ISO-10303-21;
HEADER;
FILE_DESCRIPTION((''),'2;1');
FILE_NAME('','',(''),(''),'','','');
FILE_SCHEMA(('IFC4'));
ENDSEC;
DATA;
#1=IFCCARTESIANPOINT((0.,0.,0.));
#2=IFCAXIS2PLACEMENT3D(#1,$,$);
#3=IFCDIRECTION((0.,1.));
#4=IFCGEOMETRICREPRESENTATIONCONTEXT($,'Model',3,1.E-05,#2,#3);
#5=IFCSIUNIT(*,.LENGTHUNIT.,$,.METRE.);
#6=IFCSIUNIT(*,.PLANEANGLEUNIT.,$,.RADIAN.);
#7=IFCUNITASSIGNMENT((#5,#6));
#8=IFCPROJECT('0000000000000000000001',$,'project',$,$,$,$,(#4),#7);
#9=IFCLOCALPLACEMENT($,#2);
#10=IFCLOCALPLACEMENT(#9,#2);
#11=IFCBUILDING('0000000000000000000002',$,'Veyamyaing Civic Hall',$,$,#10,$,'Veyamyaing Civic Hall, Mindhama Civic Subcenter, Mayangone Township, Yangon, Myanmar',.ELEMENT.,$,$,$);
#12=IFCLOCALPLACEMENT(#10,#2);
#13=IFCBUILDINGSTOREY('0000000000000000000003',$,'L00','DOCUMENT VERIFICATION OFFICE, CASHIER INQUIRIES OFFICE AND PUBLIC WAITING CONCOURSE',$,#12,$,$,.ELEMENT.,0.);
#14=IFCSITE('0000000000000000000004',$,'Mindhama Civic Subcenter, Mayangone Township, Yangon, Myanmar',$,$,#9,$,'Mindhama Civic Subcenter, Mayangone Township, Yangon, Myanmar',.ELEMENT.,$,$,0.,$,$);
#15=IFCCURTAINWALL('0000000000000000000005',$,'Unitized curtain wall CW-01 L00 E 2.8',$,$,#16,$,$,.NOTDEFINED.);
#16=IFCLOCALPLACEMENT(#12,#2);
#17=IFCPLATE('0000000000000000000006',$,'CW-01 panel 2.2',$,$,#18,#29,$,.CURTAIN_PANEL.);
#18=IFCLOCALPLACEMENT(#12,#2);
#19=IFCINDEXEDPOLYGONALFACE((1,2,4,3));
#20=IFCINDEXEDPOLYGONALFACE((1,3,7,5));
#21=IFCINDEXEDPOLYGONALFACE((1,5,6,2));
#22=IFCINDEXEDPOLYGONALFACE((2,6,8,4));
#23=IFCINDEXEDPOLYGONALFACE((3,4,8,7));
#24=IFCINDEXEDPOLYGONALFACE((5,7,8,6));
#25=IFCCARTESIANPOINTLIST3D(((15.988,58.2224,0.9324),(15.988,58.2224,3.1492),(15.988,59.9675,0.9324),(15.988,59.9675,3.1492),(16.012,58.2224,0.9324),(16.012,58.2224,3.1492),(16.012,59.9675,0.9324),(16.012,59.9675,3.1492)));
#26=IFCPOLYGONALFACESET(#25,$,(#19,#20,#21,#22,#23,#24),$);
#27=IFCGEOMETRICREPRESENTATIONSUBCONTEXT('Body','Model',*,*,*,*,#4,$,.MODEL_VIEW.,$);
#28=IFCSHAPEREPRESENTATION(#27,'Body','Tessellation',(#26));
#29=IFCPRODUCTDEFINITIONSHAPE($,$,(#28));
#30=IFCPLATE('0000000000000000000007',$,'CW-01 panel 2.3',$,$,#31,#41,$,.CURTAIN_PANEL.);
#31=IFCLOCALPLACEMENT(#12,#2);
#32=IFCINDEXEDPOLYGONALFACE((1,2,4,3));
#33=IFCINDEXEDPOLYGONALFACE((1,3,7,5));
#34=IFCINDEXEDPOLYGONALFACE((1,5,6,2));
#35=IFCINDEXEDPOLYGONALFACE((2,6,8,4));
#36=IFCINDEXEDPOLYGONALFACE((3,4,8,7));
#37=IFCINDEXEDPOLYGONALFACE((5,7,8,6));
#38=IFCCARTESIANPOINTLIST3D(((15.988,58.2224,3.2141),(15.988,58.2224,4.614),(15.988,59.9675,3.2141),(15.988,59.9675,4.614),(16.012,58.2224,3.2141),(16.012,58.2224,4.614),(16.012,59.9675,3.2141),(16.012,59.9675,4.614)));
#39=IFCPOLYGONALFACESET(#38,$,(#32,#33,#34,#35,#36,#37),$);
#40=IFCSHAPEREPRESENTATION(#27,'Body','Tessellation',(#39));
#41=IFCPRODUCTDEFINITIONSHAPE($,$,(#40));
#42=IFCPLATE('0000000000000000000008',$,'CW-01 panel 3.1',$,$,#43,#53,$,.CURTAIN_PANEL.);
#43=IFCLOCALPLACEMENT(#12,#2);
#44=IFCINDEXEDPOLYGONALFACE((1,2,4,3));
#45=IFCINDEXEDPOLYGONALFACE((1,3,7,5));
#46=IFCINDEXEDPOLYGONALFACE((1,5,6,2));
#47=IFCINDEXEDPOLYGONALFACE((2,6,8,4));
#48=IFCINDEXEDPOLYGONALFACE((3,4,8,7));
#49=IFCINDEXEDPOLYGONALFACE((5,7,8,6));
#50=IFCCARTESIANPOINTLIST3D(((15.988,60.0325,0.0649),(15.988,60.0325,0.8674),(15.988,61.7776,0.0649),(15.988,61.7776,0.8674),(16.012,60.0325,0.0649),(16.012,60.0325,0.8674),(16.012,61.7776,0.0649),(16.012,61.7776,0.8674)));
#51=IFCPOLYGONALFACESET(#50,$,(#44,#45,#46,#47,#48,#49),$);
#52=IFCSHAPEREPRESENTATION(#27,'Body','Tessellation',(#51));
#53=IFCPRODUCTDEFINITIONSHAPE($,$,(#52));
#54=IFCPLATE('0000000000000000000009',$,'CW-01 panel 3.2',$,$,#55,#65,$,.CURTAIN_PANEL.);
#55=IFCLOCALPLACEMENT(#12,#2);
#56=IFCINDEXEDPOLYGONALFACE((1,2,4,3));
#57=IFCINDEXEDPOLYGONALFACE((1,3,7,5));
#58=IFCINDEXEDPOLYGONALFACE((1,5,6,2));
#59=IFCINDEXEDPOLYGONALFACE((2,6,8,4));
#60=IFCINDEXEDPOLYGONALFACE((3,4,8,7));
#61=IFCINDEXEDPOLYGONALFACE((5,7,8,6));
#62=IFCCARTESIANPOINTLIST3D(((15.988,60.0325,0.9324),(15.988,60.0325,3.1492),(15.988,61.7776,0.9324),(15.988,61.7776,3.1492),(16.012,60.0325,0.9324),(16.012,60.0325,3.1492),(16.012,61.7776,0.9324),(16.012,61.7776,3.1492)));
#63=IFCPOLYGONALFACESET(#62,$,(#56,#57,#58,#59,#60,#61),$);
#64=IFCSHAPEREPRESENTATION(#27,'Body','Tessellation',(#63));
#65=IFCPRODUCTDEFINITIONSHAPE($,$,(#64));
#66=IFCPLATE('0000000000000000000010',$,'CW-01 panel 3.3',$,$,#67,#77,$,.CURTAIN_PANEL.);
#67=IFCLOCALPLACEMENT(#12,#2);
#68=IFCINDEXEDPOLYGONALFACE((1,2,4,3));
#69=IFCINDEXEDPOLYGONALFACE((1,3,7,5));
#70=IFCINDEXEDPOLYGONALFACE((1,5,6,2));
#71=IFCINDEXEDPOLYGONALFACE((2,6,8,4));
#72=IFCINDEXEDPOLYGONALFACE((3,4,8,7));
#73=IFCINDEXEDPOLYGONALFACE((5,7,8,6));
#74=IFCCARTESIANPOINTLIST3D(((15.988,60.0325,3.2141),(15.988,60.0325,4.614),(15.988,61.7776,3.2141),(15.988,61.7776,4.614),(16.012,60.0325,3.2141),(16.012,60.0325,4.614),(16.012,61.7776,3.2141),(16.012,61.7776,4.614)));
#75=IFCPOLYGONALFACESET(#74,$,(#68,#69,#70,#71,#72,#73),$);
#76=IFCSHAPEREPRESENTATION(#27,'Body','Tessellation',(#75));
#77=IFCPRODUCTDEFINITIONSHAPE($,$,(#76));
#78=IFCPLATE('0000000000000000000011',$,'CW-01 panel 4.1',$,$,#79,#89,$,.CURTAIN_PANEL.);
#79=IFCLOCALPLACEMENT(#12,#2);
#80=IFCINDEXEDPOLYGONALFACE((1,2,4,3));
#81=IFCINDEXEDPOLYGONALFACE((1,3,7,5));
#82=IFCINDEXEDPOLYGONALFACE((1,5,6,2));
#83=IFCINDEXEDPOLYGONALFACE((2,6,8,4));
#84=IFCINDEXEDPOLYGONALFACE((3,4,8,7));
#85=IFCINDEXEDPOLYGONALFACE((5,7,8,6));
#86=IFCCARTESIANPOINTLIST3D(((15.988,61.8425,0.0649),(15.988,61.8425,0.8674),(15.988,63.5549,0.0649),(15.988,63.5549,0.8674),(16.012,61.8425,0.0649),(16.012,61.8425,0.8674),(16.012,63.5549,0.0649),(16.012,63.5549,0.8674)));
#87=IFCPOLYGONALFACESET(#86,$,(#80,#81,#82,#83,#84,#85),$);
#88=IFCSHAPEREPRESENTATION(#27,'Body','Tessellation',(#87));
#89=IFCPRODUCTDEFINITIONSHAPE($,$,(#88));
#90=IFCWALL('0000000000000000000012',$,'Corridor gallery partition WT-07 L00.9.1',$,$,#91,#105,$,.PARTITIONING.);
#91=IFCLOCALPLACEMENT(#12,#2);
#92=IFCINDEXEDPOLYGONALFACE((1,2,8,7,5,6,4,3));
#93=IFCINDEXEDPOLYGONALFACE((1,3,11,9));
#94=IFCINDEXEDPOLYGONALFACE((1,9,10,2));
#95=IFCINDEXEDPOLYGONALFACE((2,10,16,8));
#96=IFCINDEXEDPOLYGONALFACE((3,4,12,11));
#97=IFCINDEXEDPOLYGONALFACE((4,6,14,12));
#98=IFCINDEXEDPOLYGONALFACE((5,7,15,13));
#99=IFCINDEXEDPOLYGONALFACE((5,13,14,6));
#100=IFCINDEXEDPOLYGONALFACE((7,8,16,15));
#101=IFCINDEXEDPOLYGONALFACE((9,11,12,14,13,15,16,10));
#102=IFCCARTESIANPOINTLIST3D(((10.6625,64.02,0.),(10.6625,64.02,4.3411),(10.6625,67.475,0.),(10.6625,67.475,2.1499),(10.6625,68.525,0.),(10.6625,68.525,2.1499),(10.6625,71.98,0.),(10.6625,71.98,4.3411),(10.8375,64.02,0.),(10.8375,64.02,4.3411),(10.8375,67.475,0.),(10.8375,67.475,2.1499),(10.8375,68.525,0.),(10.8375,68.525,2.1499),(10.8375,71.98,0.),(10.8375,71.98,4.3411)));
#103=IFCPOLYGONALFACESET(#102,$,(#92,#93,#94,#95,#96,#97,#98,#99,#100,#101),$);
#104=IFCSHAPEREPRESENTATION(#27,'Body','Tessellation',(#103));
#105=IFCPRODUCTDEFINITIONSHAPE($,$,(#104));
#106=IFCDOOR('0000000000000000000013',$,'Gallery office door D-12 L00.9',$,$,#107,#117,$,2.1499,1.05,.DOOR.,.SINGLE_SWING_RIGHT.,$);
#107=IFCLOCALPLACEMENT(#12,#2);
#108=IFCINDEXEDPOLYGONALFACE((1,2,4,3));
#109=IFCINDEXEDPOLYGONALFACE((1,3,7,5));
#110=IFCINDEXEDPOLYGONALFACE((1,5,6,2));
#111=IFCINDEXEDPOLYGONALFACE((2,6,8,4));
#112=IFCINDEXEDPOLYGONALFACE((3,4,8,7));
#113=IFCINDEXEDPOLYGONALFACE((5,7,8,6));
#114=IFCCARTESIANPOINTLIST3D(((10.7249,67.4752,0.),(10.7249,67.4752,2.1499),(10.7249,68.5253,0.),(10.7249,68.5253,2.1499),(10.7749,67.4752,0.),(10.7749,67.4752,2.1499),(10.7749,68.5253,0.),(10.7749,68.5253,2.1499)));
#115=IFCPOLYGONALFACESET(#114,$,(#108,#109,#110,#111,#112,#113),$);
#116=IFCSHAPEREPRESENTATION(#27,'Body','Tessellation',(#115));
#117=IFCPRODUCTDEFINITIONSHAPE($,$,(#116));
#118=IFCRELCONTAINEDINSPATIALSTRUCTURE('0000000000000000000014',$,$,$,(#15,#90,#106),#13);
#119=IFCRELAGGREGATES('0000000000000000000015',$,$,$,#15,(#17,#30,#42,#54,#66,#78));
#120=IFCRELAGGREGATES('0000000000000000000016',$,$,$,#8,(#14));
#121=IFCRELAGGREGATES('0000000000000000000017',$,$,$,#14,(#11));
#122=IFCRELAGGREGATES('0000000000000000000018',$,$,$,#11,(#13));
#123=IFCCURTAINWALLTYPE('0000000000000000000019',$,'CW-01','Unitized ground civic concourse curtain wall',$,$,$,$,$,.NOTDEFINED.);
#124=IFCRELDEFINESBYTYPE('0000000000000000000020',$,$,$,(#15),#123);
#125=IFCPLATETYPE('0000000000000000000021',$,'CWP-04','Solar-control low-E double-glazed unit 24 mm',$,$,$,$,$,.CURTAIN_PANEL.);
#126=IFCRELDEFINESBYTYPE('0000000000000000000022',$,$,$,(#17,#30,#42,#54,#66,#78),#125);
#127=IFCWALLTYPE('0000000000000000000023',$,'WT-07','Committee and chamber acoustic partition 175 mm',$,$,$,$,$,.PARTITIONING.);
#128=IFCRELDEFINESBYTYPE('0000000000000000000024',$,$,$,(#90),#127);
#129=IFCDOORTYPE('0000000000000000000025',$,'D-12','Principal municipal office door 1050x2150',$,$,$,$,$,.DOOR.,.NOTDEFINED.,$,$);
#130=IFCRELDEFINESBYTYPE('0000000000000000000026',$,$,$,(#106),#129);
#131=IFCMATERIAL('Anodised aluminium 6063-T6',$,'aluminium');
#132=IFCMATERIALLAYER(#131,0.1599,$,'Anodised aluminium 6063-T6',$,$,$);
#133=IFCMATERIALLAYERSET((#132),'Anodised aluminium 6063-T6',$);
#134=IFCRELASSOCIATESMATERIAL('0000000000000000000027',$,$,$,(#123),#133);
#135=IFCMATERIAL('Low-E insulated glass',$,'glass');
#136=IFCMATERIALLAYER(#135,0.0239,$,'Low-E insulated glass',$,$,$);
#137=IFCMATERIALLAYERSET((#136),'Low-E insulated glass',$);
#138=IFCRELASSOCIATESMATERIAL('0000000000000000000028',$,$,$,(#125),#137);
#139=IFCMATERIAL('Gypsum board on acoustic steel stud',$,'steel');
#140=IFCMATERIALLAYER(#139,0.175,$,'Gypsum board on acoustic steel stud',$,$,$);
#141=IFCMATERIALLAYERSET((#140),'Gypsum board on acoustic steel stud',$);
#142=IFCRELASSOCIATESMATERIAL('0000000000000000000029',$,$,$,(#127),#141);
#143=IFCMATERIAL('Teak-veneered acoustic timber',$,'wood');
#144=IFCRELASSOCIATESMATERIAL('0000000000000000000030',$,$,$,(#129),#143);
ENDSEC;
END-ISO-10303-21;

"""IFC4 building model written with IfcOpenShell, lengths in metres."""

from ifc_helpers import new_model, si_unit, direction, frame, frame_2d, origin, origin_2d, place, context, subcontext, project, spatial, rectangle, extrude, material, layer, layer_set, type_object, element, fill, aggregate, save


model = new_model("IFC4")

# Units and contexts
model_context = context("Model", 3, precision=1e-05, world=origin(), true_north=direction((0.0, 1.0)))
body_context = subcontext(model_context, "Body", "Model", "MODEL_VIEW")
ifc_project = project(units=[si_unit("LENGTHUNIT", "METRE"), si_unit("PLANEANGLEUNIT", "RADIAN")], contexts=[model_context])

# Site, building, storey
site_placement = place(None, origin())
site = spatial("IfcSite", under=ifc_project, at=site_placement, Name="Mindhama Civic Subcenter, Mayangone Township, Yangon, Myanmar", LongName="Mindhama Civic Subcenter, Mayangone Township, Yangon, Myanmar", CompositionType="ELEMENT", RefElevation=0.0)
building_placement = place(site_placement, origin())
building = spatial("IfcBuilding", under=site, at=building_placement, Name="Veyamyaing Civic Hall", LongName="Veyamyaing Civic Hall, Mindhama Civic Subcenter, Mayangone Township, Yangon, Myanmar", CompositionType="ELEMENT")
storey_placement = place(building_placement, origin())
storey = spatial("IfcBuildingStorey", under=building, at=storey_placement, Name="L00", Description="DOCUMENT VERIFICATION OFFICE, CASHIER INQUIRIES OFFICE AND PUBLIC WAITING CONCOURSE", CompositionType="ELEMENT", Elevation=0.0)

# Curtain wall, plates
ifc_material_1 = material(Name="Anodised aluminium 6063-T6", Category="aluminium")
ifc_layer_1 = layer(ifc_material_1, 0.1599, Name="Anodised aluminium 6063-T6")
ifc_layer_set_1 = layer_set([ifc_layer_1], Name="Anodised aluminium 6063-T6")
curtain_wall_type = type_object("IfcCurtainWallType", Name="CW-01", Description="Unitized ground civic concourse curtain wall", PredefinedType="NOTDEFINED", material=ifc_layer_set_1)
curtain_wall_placement = place(storey_placement, origin())
curtain_wall = element("IfcCurtainWall", 1, at=curtain_wall_placement, inside=storey, type_object=curtain_wall_type, Name="Unitized curtain wall CW-01 L00 E 2.8", PredefinedType="NOTDEFINED")
ifc_material_2 = material(Name="Low-E insulated glass", Category="glass")
ifc_layer_2 = layer(ifc_material_2, 0.0239, Name="Low-E insulated glass")
ifc_layer_set_2 = layer_set([ifc_layer_2], Name="Low-E insulated glass")
plate_type = type_object("IfcPlateType", Name="CWP-04", Description="Solar-control low-E double-glazed unit 24 mm", PredefinedType="CURTAIN_PANEL", material=ifc_layer_set_2)
plate_1_placement = place(storey_placement, frame((16.0, 59.095, 0.9324), z_axis=(0.0, 0.0, 1.0), x_axis=(0.0, 1.0, 0.0)))
plate_1 = element("IfcPlate", 2, at=plate_1_placement, type_object=plate_type, Name="CW-01 panel 2.2", PredefinedType="CURTAIN_PANEL", context=body_context, shape_type="SweptSolid", body=[
    extrude(rectangle(XDim=1.7451, YDim=0.0239, at=origin_2d()), origin(), (0.0, 0.0, 1.0), 2.2168),
])
plate_2_placement = place(storey_placement, frame((16.0, 59.095, 3.2141), z_axis=(0.0, 0.0, 1.0), x_axis=(0.0, 1.0, 0.0)))
plate_2 = element("IfcPlate", 3, at=plate_2_placement, type_object=plate_type, Name="CW-01 panel 2.3", PredefinedType="CURTAIN_PANEL", context=body_context, shape_type="SweptSolid", body=[
    extrude(rectangle(XDim=1.7451, YDim=0.0239, at=origin_2d()), origin(), (0.0, 0.0, 1.0), 1.3999),
])
plate_3_placement = place(storey_placement, frame((16.0, 60.905, 0.0649), z_axis=(0.0, 0.0, 1.0), x_axis=(0.0, 1.0, 0.0)))
plate_3 = element("IfcPlate", 4, at=plate_3_placement, type_object=plate_type, Name="CW-01 panel 3.1", PredefinedType="CURTAIN_PANEL", context=body_context, shape_type="SweptSolid", body=[
    extrude(rectangle(XDim=1.7451, YDim=0.0239, at=origin_2d()), origin(), (0.0, 0.0, 1.0), 0.8025),
])
plate_4_placement = place(storey_placement, frame((16.0, 60.905, 0.9324), z_axis=(0.0, 0.0, 1.0), x_axis=(0.0, 1.0, 0.0)))
plate_4 = element("IfcPlate", 5, at=plate_4_placement, type_object=plate_type, Name="CW-01 panel 3.2", PredefinedType="CURTAIN_PANEL", context=body_context, shape_type="SweptSolid", body=[
    extrude(rectangle(XDim=1.7451, YDim=0.0239, at=origin_2d()), origin(), (0.0, 0.0, 1.0), 2.2168),
])
plate_5_placement = place(storey_placement, frame((16.0, 60.905, 3.2141), z_axis=(0.0, 0.0, 1.0), x_axis=(0.0, 1.0, 0.0)))
plate_5 = element("IfcPlate", 6, at=plate_5_placement, type_object=plate_type, Name="CW-01 panel 3.3", PredefinedType="CURTAIN_PANEL", context=body_context, shape_type="SweptSolid", body=[
    extrude(rectangle(XDim=1.7451, YDim=0.0239, at=origin_2d()), origin(), (0.0, 0.0, 1.0), 1.3999),
])
plate_6_placement = place(storey_placement, frame((16.0, 62.6987, 0.0649), z_axis=(0.0, 0.0, 1.0), x_axis=(0.0, 1.0, 0.0)))
plate_6 = element("IfcPlate", 7, at=plate_6_placement, type_object=plate_type, Name="CW-01 panel 4.1", PredefinedType="CURTAIN_PANEL", context=body_context, shape_type="SweptSolid", body=[
    extrude(rectangle(XDim=1.7124, YDim=0.0239, at=origin_2d()), origin(), (0.0, 0.0, 1.0), 0.8025),
])
aggregate(curtain_wall, [plate_1, plate_2, plate_3, plate_4, plate_5, plate_6])

# Wall, opening, door
ifc_material_3 = material(Name="Gypsum board on acoustic steel stud", Category="steel")
ifc_layer_3 = layer(ifc_material_3, 0.175, Name="Gypsum board on acoustic steel stud")
ifc_layer_set_3 = layer_set([ifc_layer_3], Name="Gypsum board on acoustic steel stud")
wall_type = type_object("IfcWallType", Name="WT-07", Description="Committee and chamber acoustic partition 175 mm", PredefinedType="PARTITIONING", material=ifc_layer_set_3)
wall_placement = place(storey_placement, frame((10.75, 64.02, 0.0), z_axis=(0.0, 0.0, 1.0), x_axis=(0.0, 1.0, 0.0)))
wall = element("IfcWall", 8, at=wall_placement, inside=storey, type_object=wall_type, Name="Corridor gallery partition WT-07 L00.9.1", PredefinedType="PARTITIONING", context=body_context, shape_type="SweptSolid", body=[
    extrude(rectangle(XDim=7.96, YDim=0.175, at=frame_2d((3.98, 0.0))), origin(), (0.0, 0.0, 1.0), 4.3411),
])
opening_placement = place(wall_placement, frame((3.4551, 0.0, 0.0)))
opening = element("IfcOpeningElement", 9, at=opening_placement, cuts=wall, PredefinedType="OPENING", context=body_context, shape_type="SweptSolid", body=[
    extrude(rectangle(XDim=1.05, YDim=2.1499, at=frame_2d((0.5249, 1.075))), frame((0.0, 0.0974, 0.0), z_axis=(0.0, -1.0, 0.0), x_axis=(1.0, 0.0, 0.0)), (0.0, 0.0, 1.0), 0.1951),
])
ifc_material_4 = material(Name="Teak-veneered acoustic timber", Category="wood")
door_type = type_object("IfcDoorType", Name="D-12", Description="Principal municipal office door 1050x2150", OperationType="NOTDEFINED", PredefinedType="DOOR", material=ifc_material_4)
door_placement = place(opening_placement, frame((1.05, 0.0, 0.0), z_axis=(0.0, 0.0, 1.0), x_axis=(-1.0, 0.0, 0.0)))
door = element("IfcDoor", 10, at=door_placement, inside=storey, type_object=door_type, Name="Gallery office door D-12 L00.9", OperationType="SINGLE_SWING_RIGHT", OverallHeight=2.1499, OverallWidth=1.05, PredefinedType="DOOR", context=body_context, shape_type="SweptSolid", body=[
    extrude(rectangle(XDim=1.05, YDim=2.1499, at=frame_2d((0.5249, 1.075))), frame((0.0, 0.0249, 0.0), z_axis=(0.0, -1.0, 0.0), x_axis=(1.0, 0.0, 0.0)), (0.0, 0.0, 1.0), 0.05),
])
fill(opening, door)

save(model, "model.ifc")
